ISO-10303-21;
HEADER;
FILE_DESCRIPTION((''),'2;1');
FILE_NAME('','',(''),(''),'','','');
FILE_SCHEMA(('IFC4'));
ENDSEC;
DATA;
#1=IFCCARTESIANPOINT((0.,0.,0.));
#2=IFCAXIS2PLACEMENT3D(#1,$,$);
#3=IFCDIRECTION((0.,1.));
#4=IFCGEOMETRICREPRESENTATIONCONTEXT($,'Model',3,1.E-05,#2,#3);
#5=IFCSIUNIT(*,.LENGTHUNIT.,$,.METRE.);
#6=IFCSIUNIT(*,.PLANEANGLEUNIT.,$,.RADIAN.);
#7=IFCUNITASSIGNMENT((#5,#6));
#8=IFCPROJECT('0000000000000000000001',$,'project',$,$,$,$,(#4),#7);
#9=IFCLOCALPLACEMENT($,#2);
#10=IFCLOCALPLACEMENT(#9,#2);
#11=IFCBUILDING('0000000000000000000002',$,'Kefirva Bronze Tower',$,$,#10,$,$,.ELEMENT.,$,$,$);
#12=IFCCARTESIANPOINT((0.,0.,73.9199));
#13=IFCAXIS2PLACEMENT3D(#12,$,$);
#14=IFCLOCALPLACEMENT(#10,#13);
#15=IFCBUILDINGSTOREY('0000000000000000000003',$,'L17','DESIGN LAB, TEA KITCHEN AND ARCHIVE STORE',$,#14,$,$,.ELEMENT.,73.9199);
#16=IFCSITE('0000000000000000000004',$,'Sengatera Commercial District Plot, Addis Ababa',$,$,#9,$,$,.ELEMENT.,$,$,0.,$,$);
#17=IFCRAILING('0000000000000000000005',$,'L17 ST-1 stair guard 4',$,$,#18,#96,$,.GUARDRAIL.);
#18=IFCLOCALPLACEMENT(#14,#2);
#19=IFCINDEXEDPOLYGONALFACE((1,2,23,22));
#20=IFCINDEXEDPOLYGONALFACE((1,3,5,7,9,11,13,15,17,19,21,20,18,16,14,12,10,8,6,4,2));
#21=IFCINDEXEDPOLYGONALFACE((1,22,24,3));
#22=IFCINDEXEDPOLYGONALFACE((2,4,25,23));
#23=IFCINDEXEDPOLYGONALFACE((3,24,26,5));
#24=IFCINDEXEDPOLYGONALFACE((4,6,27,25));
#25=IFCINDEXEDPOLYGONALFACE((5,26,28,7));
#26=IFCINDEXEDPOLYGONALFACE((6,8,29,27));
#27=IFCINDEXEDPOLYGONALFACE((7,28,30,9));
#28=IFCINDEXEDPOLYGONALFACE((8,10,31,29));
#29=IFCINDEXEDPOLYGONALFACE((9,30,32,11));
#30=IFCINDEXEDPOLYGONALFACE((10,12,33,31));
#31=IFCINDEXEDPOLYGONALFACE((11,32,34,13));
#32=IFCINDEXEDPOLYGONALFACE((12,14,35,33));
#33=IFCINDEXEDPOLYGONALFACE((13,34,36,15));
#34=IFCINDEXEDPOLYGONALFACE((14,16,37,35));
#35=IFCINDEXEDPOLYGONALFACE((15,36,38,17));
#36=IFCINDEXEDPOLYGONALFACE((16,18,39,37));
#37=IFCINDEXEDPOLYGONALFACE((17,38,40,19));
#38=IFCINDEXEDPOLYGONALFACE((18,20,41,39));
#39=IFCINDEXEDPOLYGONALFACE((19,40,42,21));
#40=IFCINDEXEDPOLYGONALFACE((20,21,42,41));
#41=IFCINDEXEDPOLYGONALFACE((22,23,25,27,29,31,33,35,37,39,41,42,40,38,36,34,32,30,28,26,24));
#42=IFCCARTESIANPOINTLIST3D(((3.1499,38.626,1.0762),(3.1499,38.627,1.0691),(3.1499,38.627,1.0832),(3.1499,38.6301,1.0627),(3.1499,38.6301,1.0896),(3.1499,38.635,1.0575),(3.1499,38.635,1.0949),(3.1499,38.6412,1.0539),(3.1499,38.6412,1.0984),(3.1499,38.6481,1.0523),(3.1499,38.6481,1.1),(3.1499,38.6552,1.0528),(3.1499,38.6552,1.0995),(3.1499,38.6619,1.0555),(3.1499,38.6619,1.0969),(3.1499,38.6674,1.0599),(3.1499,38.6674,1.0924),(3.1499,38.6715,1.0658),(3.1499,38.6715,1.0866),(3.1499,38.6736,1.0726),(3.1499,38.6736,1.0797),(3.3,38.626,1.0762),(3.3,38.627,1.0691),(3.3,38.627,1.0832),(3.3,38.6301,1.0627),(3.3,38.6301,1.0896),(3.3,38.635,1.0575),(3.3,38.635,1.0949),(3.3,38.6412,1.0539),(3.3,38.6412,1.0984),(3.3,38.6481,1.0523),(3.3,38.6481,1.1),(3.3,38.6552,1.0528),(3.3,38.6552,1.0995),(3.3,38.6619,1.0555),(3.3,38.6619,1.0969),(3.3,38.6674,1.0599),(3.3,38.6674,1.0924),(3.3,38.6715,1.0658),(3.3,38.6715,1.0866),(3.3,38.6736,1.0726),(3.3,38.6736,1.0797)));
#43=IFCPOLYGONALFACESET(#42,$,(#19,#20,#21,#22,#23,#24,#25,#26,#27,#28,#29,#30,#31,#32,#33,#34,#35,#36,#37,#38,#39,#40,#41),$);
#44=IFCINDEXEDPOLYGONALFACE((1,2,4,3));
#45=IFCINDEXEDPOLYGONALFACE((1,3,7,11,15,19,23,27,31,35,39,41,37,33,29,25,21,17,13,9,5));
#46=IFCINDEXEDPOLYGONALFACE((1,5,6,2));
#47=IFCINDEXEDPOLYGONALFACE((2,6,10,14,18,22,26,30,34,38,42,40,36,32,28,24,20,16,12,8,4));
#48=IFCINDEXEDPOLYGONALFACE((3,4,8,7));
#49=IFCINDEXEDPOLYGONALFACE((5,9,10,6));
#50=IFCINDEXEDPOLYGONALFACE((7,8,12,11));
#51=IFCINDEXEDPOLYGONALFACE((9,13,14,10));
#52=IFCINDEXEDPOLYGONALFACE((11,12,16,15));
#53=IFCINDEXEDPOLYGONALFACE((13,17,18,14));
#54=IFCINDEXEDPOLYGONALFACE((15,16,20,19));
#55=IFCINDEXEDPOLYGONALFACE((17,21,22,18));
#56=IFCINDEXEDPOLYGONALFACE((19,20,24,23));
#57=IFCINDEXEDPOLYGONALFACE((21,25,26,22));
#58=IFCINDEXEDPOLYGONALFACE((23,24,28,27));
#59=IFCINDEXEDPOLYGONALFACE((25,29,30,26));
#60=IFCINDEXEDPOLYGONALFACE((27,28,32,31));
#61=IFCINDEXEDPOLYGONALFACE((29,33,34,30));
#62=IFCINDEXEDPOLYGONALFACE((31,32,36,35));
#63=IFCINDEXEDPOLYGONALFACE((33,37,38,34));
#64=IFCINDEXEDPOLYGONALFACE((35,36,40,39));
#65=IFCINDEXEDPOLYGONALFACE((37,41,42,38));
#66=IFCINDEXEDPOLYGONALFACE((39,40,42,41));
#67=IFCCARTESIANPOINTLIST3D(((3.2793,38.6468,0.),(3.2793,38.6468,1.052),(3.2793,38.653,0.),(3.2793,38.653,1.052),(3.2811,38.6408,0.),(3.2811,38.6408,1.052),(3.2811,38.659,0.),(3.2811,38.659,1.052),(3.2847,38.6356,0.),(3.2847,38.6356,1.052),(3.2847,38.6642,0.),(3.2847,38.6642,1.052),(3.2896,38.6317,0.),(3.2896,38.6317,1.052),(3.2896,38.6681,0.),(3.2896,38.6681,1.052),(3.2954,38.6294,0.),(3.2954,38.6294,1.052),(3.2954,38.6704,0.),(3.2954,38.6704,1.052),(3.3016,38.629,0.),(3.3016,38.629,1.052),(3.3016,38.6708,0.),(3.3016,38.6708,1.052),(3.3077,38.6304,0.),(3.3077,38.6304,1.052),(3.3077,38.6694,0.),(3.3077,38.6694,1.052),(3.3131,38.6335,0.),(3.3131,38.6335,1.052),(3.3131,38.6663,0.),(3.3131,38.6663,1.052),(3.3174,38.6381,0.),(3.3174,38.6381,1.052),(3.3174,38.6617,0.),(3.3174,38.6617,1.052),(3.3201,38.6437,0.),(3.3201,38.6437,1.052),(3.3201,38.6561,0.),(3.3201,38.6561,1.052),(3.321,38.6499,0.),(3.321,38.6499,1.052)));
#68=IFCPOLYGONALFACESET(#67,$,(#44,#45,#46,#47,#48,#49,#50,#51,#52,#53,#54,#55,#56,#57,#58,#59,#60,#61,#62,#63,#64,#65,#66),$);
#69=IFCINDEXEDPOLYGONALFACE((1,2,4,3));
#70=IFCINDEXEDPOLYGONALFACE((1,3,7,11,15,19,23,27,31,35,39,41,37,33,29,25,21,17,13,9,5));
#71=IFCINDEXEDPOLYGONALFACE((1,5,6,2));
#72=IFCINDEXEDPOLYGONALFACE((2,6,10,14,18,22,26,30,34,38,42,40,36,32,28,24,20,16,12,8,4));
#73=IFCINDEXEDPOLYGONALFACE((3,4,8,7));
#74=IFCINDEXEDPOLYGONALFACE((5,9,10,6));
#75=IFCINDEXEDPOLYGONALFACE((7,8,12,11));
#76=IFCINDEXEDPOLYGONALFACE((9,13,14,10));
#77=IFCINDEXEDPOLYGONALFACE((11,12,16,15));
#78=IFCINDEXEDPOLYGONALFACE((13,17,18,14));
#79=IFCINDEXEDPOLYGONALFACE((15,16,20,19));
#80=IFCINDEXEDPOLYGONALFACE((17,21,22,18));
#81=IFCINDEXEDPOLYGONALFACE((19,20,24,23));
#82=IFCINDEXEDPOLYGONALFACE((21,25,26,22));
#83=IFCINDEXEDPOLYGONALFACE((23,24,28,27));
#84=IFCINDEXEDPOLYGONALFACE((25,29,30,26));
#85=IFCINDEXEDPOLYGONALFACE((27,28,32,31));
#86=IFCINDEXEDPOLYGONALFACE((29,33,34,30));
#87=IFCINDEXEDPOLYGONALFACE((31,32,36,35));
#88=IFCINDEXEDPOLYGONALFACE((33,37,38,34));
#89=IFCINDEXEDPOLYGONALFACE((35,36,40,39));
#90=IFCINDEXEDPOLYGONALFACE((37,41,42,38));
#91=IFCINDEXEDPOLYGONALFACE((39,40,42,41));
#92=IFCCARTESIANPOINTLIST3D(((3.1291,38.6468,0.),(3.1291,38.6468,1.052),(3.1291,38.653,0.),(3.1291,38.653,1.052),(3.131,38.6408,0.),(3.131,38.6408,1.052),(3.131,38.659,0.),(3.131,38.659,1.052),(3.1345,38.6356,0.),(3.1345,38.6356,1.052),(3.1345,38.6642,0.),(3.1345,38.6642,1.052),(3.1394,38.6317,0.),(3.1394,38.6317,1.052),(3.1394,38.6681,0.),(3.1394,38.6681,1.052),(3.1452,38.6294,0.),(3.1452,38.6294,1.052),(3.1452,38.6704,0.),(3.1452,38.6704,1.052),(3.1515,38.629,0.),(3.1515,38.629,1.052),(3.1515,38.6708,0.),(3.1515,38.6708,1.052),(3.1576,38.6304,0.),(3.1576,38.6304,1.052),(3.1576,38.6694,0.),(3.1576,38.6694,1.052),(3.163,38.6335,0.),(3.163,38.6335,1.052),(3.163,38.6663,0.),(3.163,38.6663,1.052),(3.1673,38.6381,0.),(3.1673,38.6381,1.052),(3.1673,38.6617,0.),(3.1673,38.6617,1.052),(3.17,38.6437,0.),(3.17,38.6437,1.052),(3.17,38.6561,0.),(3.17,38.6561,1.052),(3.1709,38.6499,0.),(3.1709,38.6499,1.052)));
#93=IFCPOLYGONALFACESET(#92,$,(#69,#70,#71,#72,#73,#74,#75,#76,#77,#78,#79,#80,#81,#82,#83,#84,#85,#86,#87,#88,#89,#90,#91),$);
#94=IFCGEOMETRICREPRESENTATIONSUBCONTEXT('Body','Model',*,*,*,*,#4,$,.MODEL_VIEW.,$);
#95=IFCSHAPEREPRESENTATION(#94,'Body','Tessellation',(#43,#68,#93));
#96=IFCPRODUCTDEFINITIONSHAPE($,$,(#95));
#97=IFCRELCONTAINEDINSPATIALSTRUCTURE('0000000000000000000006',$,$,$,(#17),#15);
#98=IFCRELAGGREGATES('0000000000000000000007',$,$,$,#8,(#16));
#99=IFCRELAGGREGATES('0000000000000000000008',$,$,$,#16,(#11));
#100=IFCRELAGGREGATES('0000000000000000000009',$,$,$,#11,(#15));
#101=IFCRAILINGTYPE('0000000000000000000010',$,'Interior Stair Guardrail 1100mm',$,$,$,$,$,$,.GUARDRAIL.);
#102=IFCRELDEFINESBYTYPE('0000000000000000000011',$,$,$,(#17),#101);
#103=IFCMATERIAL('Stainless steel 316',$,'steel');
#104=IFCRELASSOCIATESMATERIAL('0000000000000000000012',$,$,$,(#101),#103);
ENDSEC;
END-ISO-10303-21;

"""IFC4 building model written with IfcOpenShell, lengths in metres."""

from ifc_helpers import new_model, si_unit, direction, frame, origin, origin_2d, place, context, subcontext, project, spatial, circle, extrude, material, type_object, element, save


model = new_model("IFC4")

# Units and contexts
model_context = context("Model", 3, precision=1e-05, world=origin(), true_north=direction((0.0, 1.0)))
body_context = subcontext(model_context, "Body", "Model", "MODEL_VIEW")
ifc_project = project(units=[si_unit("LENGTHUNIT", "METRE"), si_unit("PLANEANGLEUNIT", "RADIAN")], contexts=[model_context])

# Site, building, storey
site_placement = place(None, origin())
site = spatial("IfcSite", under=ifc_project, at=site_placement, Name="Sengatera Commercial District Plot, Addis Ababa", CompositionType="ELEMENT", RefElevation=0.0)
building_placement = place(site_placement, origin())
building = spatial("IfcBuilding", under=site, at=building_placement, Name="Kefirva Bronze Tower", CompositionType="ELEMENT")
storey_placement = place(building_placement, frame((0.0, 0.0, 73.9199)))
storey = spatial("IfcBuildingStorey", under=building, at=storey_placement, Name="L17", Description="DESIGN LAB, TEA KITCHEN AND ARCHIVE STORE", CompositionType="ELEMENT", Elevation=73.9199)

# Railing
ifc_material_1 = material(Name="Stainless steel 316", Category="steel")
railing_type_1 = type_object("IfcRailingType", Name="Interior Stair Guardrail 1100mm", PredefinedType="GUARDRAIL", material=ifc_material_1)
railing_1_placement = place(storey_placement, frame((3.3, 38.6499, 0.0)))
element("IfcRailing", 1, at=railing_1_placement, inside=storey, type_object=railing_type_1, Name="L17 ST-1 stair guard 4", PredefinedType="GUARDRAIL", context=body_context, shape_type="SweptSolid", body=[
    extrude(circle(Radius=0.0239, at=origin_2d()), frame((0.0, 0.0, 1.0762), z_axis=(-1.0, 0.0, 0.0), x_axis=(0.0, -1.0, 0.0)), (0.0, 0.0, 1.0), 0.1501),
    extrude(circle(Radius=0.021, at=origin_2d()), origin(), (0.0, 0.0, 1.0), 1.052),
    extrude(circle(Radius=0.021, at=origin_2d()), frame((-0.1501, 0.0, 0.0)), (0.0, 0.0, 1.0), 1.052),
])

save(model, "model.ifc")
